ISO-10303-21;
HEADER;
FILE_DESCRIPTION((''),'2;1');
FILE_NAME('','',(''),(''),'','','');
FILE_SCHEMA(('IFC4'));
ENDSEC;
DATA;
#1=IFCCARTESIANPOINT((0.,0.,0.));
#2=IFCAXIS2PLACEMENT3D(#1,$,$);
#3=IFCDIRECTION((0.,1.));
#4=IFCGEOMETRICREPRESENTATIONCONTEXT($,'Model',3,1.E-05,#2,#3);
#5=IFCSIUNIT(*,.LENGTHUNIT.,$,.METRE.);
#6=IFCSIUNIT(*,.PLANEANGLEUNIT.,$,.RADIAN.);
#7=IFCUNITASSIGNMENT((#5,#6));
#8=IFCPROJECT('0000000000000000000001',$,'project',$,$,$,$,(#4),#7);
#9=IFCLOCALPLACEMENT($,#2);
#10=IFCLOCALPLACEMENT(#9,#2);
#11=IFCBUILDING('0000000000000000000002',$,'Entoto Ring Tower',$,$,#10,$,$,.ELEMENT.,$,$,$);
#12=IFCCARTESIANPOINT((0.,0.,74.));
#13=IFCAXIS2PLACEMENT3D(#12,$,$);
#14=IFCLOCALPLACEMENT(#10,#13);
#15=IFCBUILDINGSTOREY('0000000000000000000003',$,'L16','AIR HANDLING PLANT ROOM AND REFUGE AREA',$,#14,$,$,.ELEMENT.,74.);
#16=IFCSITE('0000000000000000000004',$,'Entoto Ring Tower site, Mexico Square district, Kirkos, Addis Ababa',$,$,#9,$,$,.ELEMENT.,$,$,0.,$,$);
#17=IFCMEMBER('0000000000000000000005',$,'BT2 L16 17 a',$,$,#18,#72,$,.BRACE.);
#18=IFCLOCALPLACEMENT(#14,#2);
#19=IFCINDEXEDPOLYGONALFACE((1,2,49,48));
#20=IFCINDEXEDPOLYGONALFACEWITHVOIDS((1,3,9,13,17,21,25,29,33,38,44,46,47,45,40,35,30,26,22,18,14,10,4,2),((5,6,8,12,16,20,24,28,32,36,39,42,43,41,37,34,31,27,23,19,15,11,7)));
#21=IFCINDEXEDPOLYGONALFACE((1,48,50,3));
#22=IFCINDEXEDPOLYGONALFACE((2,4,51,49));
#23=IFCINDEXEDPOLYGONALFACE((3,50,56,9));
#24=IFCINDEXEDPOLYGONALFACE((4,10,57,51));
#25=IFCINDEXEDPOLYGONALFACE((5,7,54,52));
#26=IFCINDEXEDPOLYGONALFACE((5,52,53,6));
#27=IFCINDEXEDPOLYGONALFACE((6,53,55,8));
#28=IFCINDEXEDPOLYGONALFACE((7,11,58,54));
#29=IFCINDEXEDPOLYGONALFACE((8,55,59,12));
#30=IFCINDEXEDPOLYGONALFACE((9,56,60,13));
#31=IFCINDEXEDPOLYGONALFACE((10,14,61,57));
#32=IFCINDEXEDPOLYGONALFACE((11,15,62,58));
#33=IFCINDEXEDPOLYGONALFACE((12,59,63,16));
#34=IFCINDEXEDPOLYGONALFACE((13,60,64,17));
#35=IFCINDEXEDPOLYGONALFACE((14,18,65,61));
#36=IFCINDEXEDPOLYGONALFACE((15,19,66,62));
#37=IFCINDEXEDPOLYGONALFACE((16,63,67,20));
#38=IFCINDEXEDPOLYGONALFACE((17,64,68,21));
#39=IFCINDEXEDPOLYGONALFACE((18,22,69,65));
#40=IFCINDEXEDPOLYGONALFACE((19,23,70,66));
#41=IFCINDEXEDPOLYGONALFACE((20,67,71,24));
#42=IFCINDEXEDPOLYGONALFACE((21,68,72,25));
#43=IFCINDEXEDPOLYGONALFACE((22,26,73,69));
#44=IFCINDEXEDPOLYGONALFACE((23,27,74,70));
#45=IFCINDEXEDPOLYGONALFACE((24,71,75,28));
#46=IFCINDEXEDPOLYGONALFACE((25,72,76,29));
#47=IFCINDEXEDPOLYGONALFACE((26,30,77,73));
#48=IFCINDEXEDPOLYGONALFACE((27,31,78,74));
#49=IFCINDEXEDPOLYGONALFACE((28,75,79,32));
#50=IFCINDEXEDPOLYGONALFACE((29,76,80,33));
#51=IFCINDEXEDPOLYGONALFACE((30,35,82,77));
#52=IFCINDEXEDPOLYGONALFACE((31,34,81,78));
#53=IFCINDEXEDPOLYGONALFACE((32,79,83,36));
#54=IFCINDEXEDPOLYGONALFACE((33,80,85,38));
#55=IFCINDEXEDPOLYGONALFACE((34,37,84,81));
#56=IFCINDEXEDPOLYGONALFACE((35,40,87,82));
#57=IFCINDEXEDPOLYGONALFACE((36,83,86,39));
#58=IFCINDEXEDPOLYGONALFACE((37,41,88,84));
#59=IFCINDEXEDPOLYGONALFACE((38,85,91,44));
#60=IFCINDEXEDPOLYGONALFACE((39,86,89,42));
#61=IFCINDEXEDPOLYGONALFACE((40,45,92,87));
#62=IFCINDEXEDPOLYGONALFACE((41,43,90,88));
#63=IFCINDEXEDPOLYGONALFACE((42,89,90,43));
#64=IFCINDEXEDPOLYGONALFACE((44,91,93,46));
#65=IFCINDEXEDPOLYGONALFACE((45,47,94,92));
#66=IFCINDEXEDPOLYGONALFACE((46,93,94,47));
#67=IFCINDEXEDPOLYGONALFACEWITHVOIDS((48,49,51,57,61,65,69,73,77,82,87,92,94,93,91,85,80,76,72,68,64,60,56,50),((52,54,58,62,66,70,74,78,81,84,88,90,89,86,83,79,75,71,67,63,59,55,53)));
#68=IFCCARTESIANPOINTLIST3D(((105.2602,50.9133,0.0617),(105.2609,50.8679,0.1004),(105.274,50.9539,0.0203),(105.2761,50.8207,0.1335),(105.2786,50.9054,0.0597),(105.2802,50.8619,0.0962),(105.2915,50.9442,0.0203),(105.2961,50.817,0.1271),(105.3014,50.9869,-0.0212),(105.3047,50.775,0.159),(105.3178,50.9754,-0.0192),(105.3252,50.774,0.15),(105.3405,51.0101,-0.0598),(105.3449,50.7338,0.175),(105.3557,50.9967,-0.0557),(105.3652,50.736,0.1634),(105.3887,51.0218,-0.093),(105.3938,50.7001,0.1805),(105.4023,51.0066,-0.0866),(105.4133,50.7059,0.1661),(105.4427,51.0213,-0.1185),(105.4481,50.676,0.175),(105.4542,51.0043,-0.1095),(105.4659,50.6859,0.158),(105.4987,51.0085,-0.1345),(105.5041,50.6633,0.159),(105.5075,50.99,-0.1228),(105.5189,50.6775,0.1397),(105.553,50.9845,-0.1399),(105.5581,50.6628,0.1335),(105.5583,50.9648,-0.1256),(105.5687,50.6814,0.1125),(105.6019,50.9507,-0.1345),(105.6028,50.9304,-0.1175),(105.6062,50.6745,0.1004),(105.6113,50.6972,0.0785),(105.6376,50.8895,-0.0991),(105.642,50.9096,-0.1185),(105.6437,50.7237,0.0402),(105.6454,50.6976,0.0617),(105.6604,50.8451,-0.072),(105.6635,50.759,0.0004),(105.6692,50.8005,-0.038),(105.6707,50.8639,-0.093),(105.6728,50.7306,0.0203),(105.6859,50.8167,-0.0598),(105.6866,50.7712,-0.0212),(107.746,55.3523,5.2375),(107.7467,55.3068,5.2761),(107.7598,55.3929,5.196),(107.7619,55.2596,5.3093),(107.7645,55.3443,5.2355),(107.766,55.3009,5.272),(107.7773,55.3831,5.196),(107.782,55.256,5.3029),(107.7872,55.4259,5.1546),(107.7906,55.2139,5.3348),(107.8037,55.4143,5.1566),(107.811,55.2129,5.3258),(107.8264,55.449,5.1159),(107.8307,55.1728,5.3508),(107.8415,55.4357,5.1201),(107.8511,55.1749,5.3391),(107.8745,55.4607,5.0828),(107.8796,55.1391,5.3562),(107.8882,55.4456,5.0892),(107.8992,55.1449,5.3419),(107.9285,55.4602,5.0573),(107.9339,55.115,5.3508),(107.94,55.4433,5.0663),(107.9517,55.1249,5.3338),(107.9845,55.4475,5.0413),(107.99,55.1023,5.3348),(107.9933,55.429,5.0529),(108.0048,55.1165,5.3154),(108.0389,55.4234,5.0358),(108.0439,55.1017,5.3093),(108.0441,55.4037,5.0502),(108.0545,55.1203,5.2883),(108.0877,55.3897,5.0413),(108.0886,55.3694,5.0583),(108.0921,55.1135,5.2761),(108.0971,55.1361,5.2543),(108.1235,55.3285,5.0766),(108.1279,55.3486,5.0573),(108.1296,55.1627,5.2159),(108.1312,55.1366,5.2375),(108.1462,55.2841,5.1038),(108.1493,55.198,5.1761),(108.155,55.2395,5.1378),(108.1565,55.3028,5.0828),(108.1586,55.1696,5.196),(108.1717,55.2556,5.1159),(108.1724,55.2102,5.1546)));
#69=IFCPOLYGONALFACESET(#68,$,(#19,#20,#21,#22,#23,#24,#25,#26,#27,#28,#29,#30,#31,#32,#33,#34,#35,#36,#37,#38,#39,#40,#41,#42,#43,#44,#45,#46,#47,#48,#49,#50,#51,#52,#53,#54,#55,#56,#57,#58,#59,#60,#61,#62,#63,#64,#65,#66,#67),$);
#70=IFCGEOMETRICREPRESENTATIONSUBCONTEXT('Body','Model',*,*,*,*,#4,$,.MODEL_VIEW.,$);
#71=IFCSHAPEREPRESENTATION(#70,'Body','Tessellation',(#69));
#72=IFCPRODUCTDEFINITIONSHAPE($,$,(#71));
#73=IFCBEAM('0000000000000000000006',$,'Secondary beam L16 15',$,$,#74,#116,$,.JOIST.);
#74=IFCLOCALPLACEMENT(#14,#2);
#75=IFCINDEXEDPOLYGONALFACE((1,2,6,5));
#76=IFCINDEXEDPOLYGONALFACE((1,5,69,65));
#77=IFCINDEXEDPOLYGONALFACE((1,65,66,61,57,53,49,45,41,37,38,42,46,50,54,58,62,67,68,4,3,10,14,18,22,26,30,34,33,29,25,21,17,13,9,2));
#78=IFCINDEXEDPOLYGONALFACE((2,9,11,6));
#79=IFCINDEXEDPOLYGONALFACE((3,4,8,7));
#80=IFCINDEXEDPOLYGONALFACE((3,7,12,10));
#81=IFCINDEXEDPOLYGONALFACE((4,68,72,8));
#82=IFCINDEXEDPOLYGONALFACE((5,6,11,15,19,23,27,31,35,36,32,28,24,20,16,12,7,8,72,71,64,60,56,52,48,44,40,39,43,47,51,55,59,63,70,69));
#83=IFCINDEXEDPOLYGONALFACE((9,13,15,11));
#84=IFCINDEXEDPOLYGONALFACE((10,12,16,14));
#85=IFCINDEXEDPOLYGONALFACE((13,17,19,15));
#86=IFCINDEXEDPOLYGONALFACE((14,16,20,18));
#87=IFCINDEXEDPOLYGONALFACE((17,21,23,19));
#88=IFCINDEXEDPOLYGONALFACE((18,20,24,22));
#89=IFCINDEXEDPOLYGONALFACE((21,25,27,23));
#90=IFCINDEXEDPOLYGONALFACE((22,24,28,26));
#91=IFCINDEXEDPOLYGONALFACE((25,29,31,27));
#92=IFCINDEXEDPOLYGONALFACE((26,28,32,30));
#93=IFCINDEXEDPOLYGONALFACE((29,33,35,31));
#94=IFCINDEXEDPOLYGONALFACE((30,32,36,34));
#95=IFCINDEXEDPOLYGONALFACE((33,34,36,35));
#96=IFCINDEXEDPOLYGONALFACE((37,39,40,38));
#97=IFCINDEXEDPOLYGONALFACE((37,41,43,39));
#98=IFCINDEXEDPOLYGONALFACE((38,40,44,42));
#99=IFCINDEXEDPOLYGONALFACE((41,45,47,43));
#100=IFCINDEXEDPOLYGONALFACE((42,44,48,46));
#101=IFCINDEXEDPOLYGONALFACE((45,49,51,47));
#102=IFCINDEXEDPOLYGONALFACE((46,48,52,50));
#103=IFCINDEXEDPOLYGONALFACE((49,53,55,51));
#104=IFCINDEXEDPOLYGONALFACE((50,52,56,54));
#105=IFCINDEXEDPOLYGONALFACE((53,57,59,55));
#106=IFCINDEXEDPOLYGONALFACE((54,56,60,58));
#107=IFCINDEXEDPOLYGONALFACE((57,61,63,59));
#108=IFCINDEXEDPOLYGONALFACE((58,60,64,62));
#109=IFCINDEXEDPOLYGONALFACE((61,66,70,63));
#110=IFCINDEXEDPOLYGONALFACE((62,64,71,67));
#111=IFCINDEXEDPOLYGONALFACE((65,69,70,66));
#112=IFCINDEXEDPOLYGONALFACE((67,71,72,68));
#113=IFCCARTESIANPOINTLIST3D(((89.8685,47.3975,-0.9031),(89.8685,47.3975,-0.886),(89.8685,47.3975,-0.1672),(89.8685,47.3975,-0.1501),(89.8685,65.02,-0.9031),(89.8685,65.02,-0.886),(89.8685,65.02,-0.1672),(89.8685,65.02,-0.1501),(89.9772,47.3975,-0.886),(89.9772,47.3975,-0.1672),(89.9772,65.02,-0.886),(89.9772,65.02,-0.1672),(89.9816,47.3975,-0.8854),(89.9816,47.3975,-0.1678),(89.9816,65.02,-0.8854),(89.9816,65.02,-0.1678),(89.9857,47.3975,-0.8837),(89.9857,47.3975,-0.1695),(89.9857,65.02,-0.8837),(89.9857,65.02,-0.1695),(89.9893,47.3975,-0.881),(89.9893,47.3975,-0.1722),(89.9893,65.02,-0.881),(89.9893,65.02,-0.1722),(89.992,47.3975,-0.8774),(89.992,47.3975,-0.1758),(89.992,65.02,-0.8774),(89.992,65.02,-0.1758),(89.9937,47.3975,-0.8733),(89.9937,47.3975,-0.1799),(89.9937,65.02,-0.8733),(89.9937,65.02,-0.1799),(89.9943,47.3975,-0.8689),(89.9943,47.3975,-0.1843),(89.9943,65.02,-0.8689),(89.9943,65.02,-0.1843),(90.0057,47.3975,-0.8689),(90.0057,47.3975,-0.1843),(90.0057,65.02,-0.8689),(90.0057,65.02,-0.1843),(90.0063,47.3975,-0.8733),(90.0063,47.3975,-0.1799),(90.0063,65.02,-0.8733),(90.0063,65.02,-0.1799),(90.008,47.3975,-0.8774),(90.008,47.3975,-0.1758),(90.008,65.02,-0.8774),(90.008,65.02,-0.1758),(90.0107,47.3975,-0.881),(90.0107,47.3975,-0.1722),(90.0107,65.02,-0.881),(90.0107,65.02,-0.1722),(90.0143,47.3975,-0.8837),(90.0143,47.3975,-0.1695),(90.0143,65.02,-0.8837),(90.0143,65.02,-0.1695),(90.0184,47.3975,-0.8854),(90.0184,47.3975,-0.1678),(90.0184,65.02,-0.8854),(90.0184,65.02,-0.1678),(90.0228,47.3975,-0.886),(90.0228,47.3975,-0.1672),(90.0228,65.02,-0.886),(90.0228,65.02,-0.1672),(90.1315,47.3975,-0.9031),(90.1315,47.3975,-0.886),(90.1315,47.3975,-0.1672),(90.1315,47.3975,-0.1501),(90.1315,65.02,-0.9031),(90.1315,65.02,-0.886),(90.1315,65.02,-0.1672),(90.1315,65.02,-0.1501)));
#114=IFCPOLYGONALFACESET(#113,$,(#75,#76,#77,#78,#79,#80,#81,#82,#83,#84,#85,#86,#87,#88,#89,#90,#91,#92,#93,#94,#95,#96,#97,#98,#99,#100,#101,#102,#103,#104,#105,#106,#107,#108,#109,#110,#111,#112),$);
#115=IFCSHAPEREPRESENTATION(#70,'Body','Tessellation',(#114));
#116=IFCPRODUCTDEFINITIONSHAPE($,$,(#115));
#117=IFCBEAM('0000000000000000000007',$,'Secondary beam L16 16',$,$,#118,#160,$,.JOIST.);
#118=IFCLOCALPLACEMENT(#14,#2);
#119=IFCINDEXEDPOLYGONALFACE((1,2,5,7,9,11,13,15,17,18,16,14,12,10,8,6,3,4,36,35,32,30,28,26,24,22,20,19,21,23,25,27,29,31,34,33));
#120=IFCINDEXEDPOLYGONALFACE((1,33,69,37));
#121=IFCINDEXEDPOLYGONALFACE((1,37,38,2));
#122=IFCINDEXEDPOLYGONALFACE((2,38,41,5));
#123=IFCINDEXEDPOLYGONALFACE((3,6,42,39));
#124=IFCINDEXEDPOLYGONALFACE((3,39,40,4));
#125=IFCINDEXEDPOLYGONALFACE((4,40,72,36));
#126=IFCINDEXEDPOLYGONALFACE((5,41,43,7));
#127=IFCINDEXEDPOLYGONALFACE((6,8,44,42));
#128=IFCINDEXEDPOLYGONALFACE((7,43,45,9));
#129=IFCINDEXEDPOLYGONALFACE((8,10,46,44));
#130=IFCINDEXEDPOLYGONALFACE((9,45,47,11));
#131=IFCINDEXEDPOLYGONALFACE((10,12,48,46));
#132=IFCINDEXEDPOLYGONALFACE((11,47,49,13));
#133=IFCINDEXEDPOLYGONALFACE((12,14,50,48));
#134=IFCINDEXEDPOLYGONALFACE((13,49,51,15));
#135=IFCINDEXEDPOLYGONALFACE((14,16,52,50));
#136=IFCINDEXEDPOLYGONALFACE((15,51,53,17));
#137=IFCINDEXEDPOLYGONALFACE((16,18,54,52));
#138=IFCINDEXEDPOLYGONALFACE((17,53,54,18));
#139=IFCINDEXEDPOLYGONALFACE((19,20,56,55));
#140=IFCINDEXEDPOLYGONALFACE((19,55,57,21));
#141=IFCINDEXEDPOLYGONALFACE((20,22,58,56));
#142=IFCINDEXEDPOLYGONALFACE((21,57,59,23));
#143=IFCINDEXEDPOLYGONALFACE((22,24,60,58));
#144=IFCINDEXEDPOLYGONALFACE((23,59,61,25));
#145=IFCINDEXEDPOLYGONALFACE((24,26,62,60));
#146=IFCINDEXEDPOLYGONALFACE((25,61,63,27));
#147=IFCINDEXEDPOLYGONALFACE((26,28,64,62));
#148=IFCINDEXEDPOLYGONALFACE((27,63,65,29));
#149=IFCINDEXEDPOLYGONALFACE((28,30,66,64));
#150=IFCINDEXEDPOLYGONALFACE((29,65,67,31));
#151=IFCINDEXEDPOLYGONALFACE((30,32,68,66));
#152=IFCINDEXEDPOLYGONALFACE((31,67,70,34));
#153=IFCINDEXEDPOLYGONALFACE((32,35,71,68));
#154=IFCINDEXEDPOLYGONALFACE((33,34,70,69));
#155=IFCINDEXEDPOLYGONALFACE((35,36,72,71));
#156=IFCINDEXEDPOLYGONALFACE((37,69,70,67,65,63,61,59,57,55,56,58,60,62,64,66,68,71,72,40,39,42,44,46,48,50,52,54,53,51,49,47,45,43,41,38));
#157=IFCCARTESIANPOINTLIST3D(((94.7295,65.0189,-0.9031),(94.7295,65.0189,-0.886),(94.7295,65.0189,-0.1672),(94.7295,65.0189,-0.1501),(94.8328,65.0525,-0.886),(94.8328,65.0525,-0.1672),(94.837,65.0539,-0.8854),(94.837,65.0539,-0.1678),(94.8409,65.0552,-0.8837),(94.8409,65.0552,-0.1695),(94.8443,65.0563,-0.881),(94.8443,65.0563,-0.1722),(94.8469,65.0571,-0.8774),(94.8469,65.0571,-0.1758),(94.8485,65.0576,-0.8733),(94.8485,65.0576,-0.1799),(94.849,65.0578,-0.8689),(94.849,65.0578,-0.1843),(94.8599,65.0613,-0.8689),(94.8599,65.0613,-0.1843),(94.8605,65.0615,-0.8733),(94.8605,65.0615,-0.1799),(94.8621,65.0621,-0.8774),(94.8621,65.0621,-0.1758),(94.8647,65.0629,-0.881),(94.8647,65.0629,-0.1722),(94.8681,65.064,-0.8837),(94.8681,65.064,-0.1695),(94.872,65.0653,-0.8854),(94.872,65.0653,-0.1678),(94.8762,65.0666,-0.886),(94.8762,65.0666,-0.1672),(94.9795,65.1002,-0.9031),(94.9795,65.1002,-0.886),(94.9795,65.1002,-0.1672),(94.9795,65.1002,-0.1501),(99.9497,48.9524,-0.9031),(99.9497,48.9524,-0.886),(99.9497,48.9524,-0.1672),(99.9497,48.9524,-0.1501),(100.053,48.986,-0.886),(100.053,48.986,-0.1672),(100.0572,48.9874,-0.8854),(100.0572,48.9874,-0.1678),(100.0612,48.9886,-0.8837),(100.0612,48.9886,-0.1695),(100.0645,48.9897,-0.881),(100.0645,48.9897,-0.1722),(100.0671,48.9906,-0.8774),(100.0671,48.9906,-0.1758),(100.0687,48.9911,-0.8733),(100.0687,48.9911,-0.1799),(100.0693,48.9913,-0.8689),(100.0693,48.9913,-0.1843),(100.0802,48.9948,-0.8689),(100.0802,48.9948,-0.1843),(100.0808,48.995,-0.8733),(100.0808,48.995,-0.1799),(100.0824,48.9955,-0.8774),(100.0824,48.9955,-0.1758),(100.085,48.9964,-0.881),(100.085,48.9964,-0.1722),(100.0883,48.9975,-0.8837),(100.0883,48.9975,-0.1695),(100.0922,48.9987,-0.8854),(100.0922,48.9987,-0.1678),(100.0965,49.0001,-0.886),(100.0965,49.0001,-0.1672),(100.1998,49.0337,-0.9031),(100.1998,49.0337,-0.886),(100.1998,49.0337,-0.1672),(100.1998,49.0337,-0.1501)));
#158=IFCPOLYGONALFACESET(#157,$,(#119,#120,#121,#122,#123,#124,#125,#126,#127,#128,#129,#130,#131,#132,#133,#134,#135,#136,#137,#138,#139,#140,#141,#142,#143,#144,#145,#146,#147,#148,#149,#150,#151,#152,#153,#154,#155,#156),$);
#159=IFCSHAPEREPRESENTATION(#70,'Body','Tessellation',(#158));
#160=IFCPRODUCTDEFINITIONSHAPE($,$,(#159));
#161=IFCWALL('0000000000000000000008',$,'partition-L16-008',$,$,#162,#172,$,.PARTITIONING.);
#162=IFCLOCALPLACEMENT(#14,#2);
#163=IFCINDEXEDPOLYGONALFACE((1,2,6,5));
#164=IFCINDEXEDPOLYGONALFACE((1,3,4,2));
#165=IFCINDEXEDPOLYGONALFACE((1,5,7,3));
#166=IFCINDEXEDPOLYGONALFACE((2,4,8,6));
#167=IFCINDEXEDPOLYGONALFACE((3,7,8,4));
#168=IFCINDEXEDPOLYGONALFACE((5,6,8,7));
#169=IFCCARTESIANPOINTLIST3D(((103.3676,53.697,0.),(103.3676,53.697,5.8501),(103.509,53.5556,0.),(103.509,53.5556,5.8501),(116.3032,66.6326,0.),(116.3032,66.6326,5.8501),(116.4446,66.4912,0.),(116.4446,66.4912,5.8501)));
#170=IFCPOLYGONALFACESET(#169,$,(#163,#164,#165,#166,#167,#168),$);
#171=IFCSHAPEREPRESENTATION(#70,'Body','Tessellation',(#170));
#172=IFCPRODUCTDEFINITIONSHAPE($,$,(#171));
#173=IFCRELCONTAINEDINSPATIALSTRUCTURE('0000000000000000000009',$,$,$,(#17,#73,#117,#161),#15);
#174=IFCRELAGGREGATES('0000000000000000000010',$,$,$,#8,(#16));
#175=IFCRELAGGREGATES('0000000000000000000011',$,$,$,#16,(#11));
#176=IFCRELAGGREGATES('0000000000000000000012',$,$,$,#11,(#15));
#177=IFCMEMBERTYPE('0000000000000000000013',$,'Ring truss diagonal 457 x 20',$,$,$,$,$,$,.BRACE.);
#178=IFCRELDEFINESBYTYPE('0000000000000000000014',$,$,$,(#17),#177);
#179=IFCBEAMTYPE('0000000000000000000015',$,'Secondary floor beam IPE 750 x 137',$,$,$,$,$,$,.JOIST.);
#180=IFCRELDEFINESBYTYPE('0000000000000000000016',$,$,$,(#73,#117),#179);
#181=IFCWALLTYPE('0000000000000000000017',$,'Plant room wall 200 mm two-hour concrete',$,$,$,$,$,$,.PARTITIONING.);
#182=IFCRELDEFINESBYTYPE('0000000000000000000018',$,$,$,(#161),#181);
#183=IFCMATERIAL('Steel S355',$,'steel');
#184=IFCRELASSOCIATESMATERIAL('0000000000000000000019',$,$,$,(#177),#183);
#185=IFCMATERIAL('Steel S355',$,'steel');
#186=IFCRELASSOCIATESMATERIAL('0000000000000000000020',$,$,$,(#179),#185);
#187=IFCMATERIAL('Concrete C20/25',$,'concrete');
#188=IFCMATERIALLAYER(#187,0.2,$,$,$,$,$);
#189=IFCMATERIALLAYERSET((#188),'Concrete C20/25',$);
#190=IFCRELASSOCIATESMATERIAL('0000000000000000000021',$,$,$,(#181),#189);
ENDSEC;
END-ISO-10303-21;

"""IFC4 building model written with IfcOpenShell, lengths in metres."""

from ifc_helpers import new_model, si_unit, direction, frame, frame_2d, origin, origin_2d, place, context, subcontext, project, spatial, rectangle, circle, hollow_circle, i_section, extrude, material, layer, layer_set, material_profile, profile_set, type_object, element, save


model = new_model("IFC4")

# Units and contexts
model_context = context("Model", 3, precision=1e-05, world=origin(), true_north=direction((0.0, 1.0)))
body_context = subcontext(model_context, "Body", "Model", "MODEL_VIEW")
ifc_project = project(units=[si_unit("LENGTHUNIT", "METRE"), si_unit("PLANEANGLEUNIT", "RADIAN")], contexts=[model_context])

# Site, building, storey
site_placement = place(None, origin())
site = spatial("IfcSite", under=ifc_project, at=site_placement, Name="Entoto Ring Tower site, Mexico Square district, Kirkos, Addis Ababa", CompositionType="ELEMENT", RefElevation=0.0)
building_placement = place(site_placement, origin())
building = spatial("IfcBuilding", under=site, at=building_placement, Name="Entoto Ring Tower", CompositionType="ELEMENT")
storey_placement = place(building_placement, frame((0.0, 0.0, 74.0)))
storey = spatial("IfcBuildingStorey", under=building, at=storey_placement, Name="L16", Description="AIR HANDLING PLANT ROOM AND REFUGE AREA", CompositionType="ELEMENT", Elevation=74.0)

# Member
ifc_material_1 = material(Name="Steel S355", Category="steel")
ifc_material_profile_1 = material_profile(ifc_material_1, hollow_circle(Radius=0.2285, WallThickness=0.02, at=origin_2d()), Name="CHS 457 x 20")
ifc_material_2 = material(Name="Concrete C60/75", Category="concrete")
ifc_material_profile_2 = material_profile(ifc_material_2, circle(Radius=0.2085, at=origin_2d()), Name="Concrete C60/75 infill")
ifc_profile_set_1 = profile_set([ifc_material_profile_1, ifc_material_profile_2], Name="Steel S355")
member_type_1 = type_object("IfcMemberType", Name="Ring truss diagonal 457 x 20", PredefinedType="BRACE", material=ifc_profile_set_1)
for number, where, z_axis, x_axis, name in (
    (1, (105.4734, 50.8423, 0.0203), (0.342516, 0.611631, 0.713155), (-0.872504, 0.488606, 0.0), "BT2 L16 17 a"),
):
    element("IfcMember", number, at=place(storey_placement, frame(where, z_axis=z_axis, x_axis=x_axis)), inside=storey, type_object=member_type_1, Name=name, PredefinedType="BRACE", context=body_context, shape_type="SweptSolid", body=[
        extrude(hollow_circle(Radius=0.2285, WallThickness=0.02, at=origin_2d()), origin(), (0.0, 0.0, 1.0), 7.2576),
    ])

# Beams
ifc_material_3 = material(Name="Steel S355", Category="steel")
ifc_material_profile_3 = material_profile(ifc_material_3, i_section(OverallWidth=0.2629, OverallDepth=0.7529, WebThickness=0.0115, FlangeThickness=0.0171, FilletRadius=0.0171, at=origin_2d()), Name="IPE 750 x 137")
ifc_profile_set_2 = profile_set([ifc_material_profile_3], Name="Steel S355")
beam_type_1 = type_object("IfcBeamType", Name="Secondary floor beam IPE 750 x 137", PredefinedType="JOIST", material=ifc_profile_set_2)
beam_1_placement = place(storey_placement, frame((90.0, 65.02, -0.5266), z_axis=(0.0, -1.0, 0.0), x_axis=(1.0, 0.0, 0.0)))
element("IfcBeam", 2, at=beam_1_placement, inside=storey, type_object=beam_type_1, Name="Secondary beam L16 15", PredefinedType="JOIST", context=body_context, shape_type="SweptSolid", body=[
    extrude(i_section(OverallWidth=0.2629, OverallDepth=0.7529, WebThickness=0.0115, FlangeThickness=0.0171, FilletRadius=0.0171, at=origin_2d()), origin(), (0.0, 0.0, 1.0), 17.6226),
])
beam_2_placement = place(storey_placement, frame((94.8545, 65.0596, -0.5266), z_axis=(0.309013, -0.951058, 0.0), x_axis=(0.951058, 0.309013, 0.0)))
element("IfcBeam", 3, at=beam_2_placement, inside=storey, type_object=beam_type_1, Name="Secondary beam L16 16", PredefinedType="JOIST", context=body_context, shape_type="SweptSolid", body=[
    extrude(i_section(OverallWidth=0.2629, OverallDepth=0.7529, WebThickness=0.0115, FlangeThickness=0.0171, FilletRadius=0.0171, at=origin_2d()), origin(), (0.0, 0.0, 1.0), 16.8933),
])

# Wall
ifc_material_4 = material(Name="Concrete C20/25", Category="concrete")
ifc_layer_1 = layer(ifc_material_4, 0.2)
ifc_layer_set_1 = layer_set([ifc_layer_1], Name="Concrete C20/25")
wall_type_1 = type_object("IfcWallType", Name="Plant room wall 200 mm two-hour concrete", PredefinedType="PARTITIONING", material=ifc_layer_set_1)
wall_1_placement = place(storey_placement, frame((103.4382, 53.6262, 0.0), z_axis=(0.0, 0.0, 1.0), x_axis=(0.707107, 0.707107, 0.0)))
element("IfcWall", 4, at=wall_1_placement, inside=storey, type_object=wall_type_1, Name="partition-L16-008", PredefinedType="PARTITIONING", context=body_context, shape_type="SweptSolid", body=[
    extrude(rectangle(XDim=18.2937, YDim=0.2, at=frame_2d((9.147, 0.0))), origin(), (0.0, 0.0, 1.0), 5.8501),
])

save(model, "model.ifc")
